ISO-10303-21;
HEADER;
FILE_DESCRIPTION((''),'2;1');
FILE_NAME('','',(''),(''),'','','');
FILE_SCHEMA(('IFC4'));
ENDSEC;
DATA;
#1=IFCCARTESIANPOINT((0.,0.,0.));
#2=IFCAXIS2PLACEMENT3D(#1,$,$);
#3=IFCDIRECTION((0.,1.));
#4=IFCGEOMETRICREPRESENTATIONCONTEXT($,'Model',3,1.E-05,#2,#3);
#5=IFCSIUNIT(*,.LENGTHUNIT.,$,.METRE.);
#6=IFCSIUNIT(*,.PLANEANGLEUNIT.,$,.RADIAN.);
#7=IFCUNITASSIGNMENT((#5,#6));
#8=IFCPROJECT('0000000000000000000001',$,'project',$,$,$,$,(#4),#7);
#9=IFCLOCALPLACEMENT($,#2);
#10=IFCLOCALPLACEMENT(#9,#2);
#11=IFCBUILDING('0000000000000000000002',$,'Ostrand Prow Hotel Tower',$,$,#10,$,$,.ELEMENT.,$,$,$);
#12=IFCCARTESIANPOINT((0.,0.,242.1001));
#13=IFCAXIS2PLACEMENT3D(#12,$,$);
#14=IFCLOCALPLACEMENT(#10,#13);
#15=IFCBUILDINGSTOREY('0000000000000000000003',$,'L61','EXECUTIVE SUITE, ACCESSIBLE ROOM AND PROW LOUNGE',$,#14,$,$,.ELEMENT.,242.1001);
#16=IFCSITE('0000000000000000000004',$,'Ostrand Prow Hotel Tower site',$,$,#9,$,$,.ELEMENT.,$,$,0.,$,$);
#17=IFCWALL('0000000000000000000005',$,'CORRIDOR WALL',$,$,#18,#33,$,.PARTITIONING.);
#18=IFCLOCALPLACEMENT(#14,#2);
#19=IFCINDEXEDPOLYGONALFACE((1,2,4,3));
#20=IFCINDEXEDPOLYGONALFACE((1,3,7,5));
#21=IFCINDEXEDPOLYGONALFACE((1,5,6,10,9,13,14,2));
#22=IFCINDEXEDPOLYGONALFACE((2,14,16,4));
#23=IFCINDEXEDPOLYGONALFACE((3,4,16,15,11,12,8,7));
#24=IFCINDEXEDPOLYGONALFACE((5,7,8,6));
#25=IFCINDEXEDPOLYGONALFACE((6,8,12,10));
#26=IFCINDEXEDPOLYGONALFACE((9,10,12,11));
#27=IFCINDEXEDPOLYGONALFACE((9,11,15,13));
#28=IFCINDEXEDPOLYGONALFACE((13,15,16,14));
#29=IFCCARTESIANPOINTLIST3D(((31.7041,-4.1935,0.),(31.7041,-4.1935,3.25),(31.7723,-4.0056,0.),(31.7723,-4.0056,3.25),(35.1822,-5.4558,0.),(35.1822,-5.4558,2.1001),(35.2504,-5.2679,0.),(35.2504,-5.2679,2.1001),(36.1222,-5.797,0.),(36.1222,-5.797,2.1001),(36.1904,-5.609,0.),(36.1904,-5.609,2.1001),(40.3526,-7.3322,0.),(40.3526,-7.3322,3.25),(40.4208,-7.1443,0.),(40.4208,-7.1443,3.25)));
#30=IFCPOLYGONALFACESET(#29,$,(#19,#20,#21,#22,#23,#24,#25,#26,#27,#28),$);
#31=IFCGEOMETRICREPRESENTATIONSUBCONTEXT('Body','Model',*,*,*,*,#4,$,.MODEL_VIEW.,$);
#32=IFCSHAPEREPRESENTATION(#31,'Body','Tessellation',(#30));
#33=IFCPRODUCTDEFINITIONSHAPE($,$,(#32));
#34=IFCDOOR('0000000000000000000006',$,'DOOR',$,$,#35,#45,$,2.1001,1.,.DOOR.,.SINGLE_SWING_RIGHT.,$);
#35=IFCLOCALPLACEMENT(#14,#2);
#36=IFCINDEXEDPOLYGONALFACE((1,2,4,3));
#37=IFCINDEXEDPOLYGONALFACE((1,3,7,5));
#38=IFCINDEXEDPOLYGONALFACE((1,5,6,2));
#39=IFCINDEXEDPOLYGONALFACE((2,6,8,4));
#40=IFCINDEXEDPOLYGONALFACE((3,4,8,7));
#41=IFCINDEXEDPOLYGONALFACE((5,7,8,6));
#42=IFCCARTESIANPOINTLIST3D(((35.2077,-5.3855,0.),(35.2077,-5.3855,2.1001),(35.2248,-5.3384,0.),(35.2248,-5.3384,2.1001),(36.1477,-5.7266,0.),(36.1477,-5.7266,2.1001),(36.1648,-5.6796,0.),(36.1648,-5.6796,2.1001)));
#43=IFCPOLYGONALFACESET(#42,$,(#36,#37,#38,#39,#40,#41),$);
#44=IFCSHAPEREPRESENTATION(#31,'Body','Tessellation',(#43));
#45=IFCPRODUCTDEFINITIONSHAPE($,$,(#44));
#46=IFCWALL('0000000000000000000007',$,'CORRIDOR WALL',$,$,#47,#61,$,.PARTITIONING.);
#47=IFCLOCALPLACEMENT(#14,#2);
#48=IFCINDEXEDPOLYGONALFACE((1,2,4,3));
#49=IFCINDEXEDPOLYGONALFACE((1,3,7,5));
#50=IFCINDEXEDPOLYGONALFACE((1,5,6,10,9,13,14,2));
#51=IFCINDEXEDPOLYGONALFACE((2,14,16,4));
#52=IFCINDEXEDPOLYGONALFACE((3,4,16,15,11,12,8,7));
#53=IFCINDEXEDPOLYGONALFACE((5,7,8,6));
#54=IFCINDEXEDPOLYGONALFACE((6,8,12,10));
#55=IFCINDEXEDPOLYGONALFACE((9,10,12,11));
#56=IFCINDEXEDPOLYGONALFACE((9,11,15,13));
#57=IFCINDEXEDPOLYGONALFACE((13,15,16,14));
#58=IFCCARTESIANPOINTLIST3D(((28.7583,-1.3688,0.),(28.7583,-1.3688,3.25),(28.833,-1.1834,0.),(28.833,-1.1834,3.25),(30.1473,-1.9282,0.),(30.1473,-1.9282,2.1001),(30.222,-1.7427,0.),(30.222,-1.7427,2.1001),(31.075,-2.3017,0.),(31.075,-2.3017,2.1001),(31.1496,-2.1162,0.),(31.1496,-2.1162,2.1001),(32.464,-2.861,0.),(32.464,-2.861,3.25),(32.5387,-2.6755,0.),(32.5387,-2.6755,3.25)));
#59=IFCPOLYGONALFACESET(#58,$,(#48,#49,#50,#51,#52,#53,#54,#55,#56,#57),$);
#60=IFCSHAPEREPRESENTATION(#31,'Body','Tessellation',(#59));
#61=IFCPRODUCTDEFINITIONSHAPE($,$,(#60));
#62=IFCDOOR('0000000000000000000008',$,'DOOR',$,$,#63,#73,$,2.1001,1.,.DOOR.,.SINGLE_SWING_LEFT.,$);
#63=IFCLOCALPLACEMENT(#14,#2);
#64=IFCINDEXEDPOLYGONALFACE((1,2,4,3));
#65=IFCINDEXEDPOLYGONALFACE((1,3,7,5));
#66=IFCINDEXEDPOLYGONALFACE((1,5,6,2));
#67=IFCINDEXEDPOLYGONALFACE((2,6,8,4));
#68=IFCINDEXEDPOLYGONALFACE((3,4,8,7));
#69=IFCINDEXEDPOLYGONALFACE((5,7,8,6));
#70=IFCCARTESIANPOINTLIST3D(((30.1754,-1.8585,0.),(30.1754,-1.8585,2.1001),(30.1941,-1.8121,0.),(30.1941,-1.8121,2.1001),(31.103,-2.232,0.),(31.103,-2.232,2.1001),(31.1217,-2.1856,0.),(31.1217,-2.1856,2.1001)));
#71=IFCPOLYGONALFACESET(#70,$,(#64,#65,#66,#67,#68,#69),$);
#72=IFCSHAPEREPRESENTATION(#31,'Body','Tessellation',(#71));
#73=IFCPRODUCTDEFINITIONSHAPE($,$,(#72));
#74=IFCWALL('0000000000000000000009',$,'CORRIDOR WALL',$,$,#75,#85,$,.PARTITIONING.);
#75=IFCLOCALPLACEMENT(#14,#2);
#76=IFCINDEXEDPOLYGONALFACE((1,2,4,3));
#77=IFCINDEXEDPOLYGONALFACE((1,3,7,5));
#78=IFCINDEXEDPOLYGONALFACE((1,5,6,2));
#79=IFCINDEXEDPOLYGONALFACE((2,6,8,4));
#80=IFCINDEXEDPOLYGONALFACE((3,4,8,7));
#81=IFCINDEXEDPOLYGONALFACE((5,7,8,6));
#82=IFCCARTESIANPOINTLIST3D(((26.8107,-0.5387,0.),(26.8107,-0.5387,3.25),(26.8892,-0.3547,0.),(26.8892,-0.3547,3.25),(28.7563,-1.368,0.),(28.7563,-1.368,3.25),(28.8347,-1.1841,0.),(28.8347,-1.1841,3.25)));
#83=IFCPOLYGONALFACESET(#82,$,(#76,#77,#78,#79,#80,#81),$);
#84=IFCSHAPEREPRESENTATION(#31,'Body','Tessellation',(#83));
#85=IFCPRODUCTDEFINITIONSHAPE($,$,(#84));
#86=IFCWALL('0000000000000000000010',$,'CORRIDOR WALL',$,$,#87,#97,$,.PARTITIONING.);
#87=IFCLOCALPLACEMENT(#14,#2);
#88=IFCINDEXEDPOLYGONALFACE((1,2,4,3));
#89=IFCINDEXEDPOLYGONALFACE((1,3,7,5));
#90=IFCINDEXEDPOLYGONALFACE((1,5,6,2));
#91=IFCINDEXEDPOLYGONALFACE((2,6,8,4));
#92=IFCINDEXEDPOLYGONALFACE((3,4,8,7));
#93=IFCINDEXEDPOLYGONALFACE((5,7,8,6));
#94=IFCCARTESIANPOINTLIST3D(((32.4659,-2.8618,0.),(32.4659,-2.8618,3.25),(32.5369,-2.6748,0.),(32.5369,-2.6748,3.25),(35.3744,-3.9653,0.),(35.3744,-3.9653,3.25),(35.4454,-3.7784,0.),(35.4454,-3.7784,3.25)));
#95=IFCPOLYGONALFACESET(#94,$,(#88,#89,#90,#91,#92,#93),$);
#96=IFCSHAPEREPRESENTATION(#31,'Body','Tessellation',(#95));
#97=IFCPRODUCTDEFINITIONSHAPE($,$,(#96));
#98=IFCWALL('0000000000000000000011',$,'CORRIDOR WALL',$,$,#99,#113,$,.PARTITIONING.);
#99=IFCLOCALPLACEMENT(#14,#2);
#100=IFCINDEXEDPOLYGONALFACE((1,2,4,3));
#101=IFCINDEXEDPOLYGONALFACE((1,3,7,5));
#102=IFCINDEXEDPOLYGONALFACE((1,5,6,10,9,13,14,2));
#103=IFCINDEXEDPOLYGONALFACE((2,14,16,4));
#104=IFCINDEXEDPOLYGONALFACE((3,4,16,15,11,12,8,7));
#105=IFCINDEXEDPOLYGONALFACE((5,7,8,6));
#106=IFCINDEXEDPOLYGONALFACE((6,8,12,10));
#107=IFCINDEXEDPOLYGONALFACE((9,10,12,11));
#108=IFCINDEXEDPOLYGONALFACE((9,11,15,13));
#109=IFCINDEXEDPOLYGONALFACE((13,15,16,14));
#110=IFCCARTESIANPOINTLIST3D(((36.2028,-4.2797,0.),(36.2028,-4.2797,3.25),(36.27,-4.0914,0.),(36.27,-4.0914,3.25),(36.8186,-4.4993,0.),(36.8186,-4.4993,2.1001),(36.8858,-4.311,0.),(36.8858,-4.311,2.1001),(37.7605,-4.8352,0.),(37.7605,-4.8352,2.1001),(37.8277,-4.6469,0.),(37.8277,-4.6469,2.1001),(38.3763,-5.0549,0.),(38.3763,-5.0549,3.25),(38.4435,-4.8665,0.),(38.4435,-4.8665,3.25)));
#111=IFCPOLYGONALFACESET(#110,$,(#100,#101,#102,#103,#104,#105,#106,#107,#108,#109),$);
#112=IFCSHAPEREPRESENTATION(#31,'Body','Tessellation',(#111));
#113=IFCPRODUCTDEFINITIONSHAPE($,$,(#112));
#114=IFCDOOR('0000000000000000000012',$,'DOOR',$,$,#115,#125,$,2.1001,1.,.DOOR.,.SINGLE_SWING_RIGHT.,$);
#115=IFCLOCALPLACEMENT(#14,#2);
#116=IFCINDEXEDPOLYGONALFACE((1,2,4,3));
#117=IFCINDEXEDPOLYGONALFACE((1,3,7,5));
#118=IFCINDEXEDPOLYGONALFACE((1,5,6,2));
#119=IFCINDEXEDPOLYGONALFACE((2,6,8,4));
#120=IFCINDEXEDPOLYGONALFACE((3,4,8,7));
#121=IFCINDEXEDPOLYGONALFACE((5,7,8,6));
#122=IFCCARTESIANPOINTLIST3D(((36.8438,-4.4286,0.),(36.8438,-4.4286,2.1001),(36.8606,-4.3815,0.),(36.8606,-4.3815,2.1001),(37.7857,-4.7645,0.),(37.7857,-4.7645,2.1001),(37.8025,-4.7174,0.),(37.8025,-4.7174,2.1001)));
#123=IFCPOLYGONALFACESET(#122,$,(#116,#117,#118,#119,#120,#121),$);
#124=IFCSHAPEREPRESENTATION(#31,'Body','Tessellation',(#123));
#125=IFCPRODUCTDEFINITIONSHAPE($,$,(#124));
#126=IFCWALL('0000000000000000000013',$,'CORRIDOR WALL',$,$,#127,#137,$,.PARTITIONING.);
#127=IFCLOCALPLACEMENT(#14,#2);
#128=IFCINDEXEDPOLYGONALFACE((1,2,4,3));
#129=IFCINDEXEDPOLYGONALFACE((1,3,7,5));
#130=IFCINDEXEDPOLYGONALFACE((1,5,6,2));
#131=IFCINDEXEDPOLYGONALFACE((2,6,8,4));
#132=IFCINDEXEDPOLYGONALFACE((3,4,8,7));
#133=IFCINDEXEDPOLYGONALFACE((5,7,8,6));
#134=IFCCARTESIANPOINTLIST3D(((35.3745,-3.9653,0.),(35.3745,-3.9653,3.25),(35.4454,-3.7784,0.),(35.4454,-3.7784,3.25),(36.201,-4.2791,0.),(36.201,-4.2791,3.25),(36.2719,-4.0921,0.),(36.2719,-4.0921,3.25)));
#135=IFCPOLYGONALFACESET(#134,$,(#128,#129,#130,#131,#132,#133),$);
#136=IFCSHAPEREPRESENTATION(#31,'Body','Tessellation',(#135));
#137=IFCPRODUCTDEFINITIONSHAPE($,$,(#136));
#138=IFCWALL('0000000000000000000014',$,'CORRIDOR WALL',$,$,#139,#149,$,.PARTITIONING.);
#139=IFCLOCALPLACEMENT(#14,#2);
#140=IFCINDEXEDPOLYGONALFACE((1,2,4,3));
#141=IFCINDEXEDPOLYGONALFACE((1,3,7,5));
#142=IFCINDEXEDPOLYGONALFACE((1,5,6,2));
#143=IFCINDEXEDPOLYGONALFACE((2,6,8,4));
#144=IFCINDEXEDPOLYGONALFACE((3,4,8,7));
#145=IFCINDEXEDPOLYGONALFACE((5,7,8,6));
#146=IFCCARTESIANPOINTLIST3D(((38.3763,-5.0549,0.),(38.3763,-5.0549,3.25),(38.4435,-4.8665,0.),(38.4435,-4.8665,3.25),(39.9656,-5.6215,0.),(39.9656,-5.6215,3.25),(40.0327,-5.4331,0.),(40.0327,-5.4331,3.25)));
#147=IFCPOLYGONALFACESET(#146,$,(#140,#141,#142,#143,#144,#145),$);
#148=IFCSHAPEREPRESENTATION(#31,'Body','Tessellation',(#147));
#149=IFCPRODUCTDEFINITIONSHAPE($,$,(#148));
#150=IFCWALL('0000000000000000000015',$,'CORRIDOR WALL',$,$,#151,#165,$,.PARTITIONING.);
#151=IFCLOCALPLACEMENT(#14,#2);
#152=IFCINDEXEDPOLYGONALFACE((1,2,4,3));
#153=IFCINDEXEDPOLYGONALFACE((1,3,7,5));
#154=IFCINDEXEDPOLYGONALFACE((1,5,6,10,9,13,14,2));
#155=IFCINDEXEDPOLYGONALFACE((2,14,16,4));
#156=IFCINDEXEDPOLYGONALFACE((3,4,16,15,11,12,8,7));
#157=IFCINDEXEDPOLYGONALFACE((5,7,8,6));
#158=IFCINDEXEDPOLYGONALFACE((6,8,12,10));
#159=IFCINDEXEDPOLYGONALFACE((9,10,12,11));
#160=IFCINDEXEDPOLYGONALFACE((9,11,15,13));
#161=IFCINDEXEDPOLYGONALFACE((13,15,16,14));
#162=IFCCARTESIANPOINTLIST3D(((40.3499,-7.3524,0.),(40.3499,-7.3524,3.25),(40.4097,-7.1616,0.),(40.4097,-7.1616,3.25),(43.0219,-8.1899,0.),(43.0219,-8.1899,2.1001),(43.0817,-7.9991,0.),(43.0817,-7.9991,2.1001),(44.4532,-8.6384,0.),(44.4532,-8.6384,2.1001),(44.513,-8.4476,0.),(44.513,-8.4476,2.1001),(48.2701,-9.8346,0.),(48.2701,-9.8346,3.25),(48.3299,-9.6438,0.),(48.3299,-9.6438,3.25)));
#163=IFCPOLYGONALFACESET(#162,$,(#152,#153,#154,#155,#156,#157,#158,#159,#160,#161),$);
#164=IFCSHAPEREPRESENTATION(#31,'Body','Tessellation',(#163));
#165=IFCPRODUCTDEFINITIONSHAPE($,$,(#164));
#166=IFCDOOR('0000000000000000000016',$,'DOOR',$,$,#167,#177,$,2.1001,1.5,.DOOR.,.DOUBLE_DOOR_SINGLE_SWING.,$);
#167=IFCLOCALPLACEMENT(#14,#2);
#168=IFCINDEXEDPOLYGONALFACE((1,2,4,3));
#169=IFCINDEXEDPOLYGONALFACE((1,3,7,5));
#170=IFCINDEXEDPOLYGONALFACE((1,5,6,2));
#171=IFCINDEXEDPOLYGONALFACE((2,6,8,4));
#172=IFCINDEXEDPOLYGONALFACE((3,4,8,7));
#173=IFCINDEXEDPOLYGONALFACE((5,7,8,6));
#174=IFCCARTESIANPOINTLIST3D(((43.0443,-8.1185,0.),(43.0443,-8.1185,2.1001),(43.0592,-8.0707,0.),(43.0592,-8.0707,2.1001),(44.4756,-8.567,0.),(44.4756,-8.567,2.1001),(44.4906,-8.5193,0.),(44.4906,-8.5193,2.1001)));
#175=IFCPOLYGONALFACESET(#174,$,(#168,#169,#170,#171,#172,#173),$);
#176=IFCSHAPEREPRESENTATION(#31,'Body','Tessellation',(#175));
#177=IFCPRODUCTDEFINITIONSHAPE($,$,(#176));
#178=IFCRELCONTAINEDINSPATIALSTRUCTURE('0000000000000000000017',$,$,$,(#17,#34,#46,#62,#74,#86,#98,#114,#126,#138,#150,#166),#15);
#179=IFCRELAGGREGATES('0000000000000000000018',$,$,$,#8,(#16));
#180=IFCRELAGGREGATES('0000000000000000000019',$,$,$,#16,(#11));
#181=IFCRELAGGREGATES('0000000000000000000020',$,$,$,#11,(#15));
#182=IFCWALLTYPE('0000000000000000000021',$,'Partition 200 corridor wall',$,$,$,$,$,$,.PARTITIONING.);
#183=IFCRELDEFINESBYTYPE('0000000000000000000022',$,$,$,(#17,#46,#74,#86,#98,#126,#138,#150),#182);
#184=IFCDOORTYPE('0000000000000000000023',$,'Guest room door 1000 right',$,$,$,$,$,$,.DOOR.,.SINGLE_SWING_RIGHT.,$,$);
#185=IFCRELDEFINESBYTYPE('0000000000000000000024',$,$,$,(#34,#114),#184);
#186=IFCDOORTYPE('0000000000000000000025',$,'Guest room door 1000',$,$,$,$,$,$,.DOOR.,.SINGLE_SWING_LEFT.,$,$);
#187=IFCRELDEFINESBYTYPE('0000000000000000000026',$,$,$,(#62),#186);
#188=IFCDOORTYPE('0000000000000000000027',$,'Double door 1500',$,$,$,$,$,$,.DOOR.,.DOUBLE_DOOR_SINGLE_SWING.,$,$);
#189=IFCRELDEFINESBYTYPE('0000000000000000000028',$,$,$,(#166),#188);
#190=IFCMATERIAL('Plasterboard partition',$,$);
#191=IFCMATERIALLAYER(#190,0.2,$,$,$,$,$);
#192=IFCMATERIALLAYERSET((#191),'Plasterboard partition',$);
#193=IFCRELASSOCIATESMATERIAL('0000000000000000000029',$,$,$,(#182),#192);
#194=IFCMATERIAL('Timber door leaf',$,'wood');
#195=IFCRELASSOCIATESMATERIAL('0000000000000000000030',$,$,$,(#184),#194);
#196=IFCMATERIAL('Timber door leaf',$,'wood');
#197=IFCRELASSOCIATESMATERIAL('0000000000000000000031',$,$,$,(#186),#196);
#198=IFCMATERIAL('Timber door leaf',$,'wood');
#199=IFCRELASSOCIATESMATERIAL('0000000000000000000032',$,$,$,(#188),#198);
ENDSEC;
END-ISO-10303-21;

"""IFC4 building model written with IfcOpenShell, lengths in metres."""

from ifc_helpers import new_model, si_unit, direction, frame, frame_2d, origin, place, context, subcontext, project, spatial, rectangle, extrude, material, layer, layer_set, type_object, element, fill, save


model = new_model("IFC4")

# Units and contexts
model_context = context("Model", 3, precision=1e-05, world=origin(), true_north=direction((0.0, 1.0)))
body_context = subcontext(model_context, "Body", "Model", "MODEL_VIEW")
ifc_project = project(units=[si_unit("LENGTHUNIT", "METRE"), si_unit("PLANEANGLEUNIT", "RADIAN")], contexts=[model_context])

# Site, building, storey
site_placement = place(None, origin())
site = spatial("IfcSite", under=ifc_project, at=site_placement, Name="Ostrand Prow Hotel Tower site", CompositionType="ELEMENT", RefElevation=0.0)
building_placement = place(site_placement, origin())
building = spatial("IfcBuilding", under=site, at=building_placement, Name="Ostrand Prow Hotel Tower", CompositionType="ELEMENT")
storey_placement = place(building_placement, frame((0.0, 0.0, 242.1001)))
storey = spatial("IfcBuildingStorey", under=building, at=storey_placement, Name="L61", Description="EXECUTIVE SUITE, ACCESSIBLE ROOM AND PROW LOUNGE", CompositionType="ELEMENT", Elevation=242.1001)

# Walls, openings, doors
ifc_material_1 = material(Name="Plasterboard partition")
ifc_layer_1 = layer(ifc_material_1, 0.2)
ifc_layer_set_1 = layer_set([ifc_layer_1], Name="Plasterboard partition")
wall_type_1 = type_object("IfcWallType", Name="Partition 200 corridor wall", PredefinedType="PARTITIONING", material=ifc_layer_set_1)
wall_1_placement = place(storey_placement, frame((31.7383, -4.0996, 0.0), z_axis=(0.0, 0.0, 1.0), x_axis=(0.94001, -0.341146, 0.0)))
wall_1 = element("IfcWall", 1, at=wall_1_placement, inside=storey, type_object=wall_type_1, Name="CORRIDOR WALL", PredefinedType="PARTITIONING", context=body_context, shape_type="SweptSolid", body=[
    extrude(rectangle(XDim=9.2004, YDim=0.2, at=frame_2d((4.6001, 0.0))), origin(), (0.0, 0.0, 1.0), 3.25),
])
opening_1_placement = place(wall_1_placement, frame((3.7, 0.0, 0.0)))
opening_1 = element("IfcOpeningElement", 2, at=opening_1_placement, cuts=wall_1, PredefinedType="OPENING", context=body_context, shape_type="SweptSolid", body=[
    extrude(rectangle(XDim=1.0, YDim=2.1001, at=frame_2d((0.5, 1.05))), frame((0.0, 0.1099, 0.0), z_axis=(0.0, -1.0, 0.0), x_axis=(1.0, 0.0, 0.0)), (0.0, 0.0, 1.0), 0.22),
])
ifc_material_2 = material(Name="Timber door leaf", Category="wood")
door_type_1 = type_object("IfcDoorType", Name="Guest room door 1000 right", OperationType="SINGLE_SWING_RIGHT", PredefinedType="DOOR", material=ifc_material_2)
door_1_placement = place(opening_1_placement, origin())
door_1 = element("IfcDoor", 3, at=door_1_placement, inside=storey, type_object=door_type_1, Name="DOOR", OperationType="SINGLE_SWING_RIGHT", OverallHeight=2.1001, OverallWidth=1.0, PredefinedType="DOOR", context=body_context, shape_type="SweptSolid", body=[
    extrude(rectangle(XDim=1.0, YDim=2.1001, at=frame_2d((0.5, 1.05))), frame((0.0, 0.0249, 0.0), z_axis=(0.0, -1.0, 0.0), x_axis=(1.0, 0.0, 0.0)), (0.0, 0.0, 1.0), 0.05),
])
fill(opening_1, door_1)
wall_2_placement = place(storey_placement, frame((32.5015, -2.7683, 0.0), z_axis=(0.0, 0.0, 1.0), x_axis=(-0.927623, 0.373518, 0.0)))
wall_2 = element("IfcWall", 4, at=wall_2_placement, inside=storey, type_object=wall_type_1, Name="CORRIDOR WALL", PredefinedType="PARTITIONING", context=body_context, shape_type="SweptSolid", body=[
    extrude(rectangle(XDim=3.9949, YDim=0.2, at=frame_2d((1.9976, 0.0))), origin(), (0.0, 0.0, 1.0), 3.25),
])
opening_2_placement = place(wall_2_placement, frame((1.4976, 0.0, 0.0)))
opening_2 = element("IfcOpeningElement", 5, at=opening_2_placement, cuts=wall_2, PredefinedType="OPENING", context=body_context, shape_type="SweptSolid", body=[
    extrude(rectangle(XDim=1.0, YDim=2.1001, at=frame_2d((0.5, 1.05))), frame((0.0, 0.1099, 0.0), z_axis=(0.0, -1.0, 0.0), x_axis=(1.0, 0.0, 0.0)), (0.0, 0.0, 1.0), 0.22),
])
ifc_material_3 = material(Name="Timber door leaf", Category="wood")
door_type_2 = type_object("IfcDoorType", Name="Guest room door 1000", OperationType="SINGLE_SWING_LEFT", PredefinedType="DOOR", material=ifc_material_3)
door_2_placement = place(opening_2_placement, origin())
door_2 = element("IfcDoor", 6, at=door_2_placement, inside=storey, type_object=door_type_2, Name="DOOR", OperationType="SINGLE_SWING_LEFT", OverallHeight=2.1001, OverallWidth=1.0, PredefinedType="DOOR", context=body_context, shape_type="SweptSolid", body=[
    extrude(rectangle(XDim=1.0, YDim=2.1001, at=frame_2d((0.5, 1.05))), frame((0.0, 0.0249, 0.0), z_axis=(0.0, -1.0, 0.0), x_axis=(1.0, 0.0, 0.0)), (0.0, 0.0, 1.0), 0.05),
])
fill(opening_2, door_2)

# Walls
wall_3_placement = place(storey_placement, frame((28.7957, -1.2761, 0.0), z_axis=(0.0, 0.0, 1.0), x_axis=(-0.919908, 0.392135, 0.0)))
element("IfcWall", 7, at=wall_3_placement, inside=storey, type_object=wall_type_1, Name="CORRIDOR WALL", PredefinedType="PARTITIONING", context=body_context, shape_type="SweptSolid", body=[
    extrude(rectangle(XDim=2.115, YDim=0.2, at=frame_2d((1.0576, 0.0))), origin(), (0.0, 0.0, 1.0), 3.25),
])
wall_4_placement = place(storey_placement, frame((35.4099, -3.8718, 0.0), z_axis=(0.0, 0.0, 1.0), x_axis=(-0.934964, 0.354742, 0.0)))
element("IfcWall", 8, at=wall_4_placement, inside=storey, type_object=wall_type_1, Name="CORRIDOR WALL", PredefinedType="PARTITIONING", context=body_context, shape_type="SweptSolid", body=[
    extrude(rectangle(XDim=3.1108, YDim=0.2, at=frame_2d((1.5554, 0.0))), origin(), (0.0, 0.0, 1.0), 3.25),
])

# Wall, opening, door
wall_5_placement = place(storey_placement, frame((38.4099, -4.9607, 0.0), z_axis=(0.0, 0.0, 1.0), x_axis=(-0.941897, 0.335901, 0.0)))
wall_5 = element("IfcWall", 9, at=wall_5_placement, inside=storey, type_object=wall_type_1, Name="CORRIDOR WALL", PredefinedType="PARTITIONING", context=body_context, shape_type="SweptSolid", body=[
    extrude(rectangle(XDim=2.3076, YDim=0.2, at=frame_2d((1.1538, 0.0))), origin(), (0.0, 0.0, 1.0), 3.25),
])
opening_3_placement = place(wall_5_placement, frame((0.6538, 0.0, 0.0)))
opening_3 = element("IfcOpeningElement", 10, at=opening_3_placement, cuts=wall_5, PredefinedType="OPENING", context=body_context, shape_type="SweptSolid", body=[
    extrude(rectangle(XDim=1.0, YDim=2.1001, at=frame_2d((0.5, 1.05))), frame((0.0, 0.1099, 0.0), z_axis=(0.0, -1.0, 0.0), x_axis=(1.0, 0.0, 0.0)), (0.0, 0.0, 1.0), 0.22),
])
door_3_placement = place(opening_3_placement, origin())
door_3 = element("IfcDoor", 11, at=door_3_placement, inside=storey, type_object=door_type_1, Name="DOOR", OperationType="SINGLE_SWING_RIGHT", OverallHeight=2.1001, OverallWidth=1.0, PredefinedType="DOOR", context=body_context, shape_type="SweptSolid", body=[
    extrude(rectangle(XDim=1.0, YDim=2.1001, at=frame_2d((0.5, 1.05))), frame((0.0, 0.0249, 0.0), z_axis=(0.0, -1.0, 0.0), x_axis=(1.0, 0.0, 0.0)), (0.0, 0.0, 1.0), 0.05),
])
fill(opening_3, door_3)

# Walls
wall_6_placement = place(storey_placement, frame((36.2363, -4.1855, 0.0), z_axis=(0.0, 0.0, 1.0), x_axis=(-0.934903, 0.354904, 0.0)))
element("IfcWall", 12, at=wall_6_placement, inside=storey, type_object=wall_type_1, Name="CORRIDOR WALL", PredefinedType="PARTITIONING", context=body_context, shape_type="SweptSolid", body=[
    extrude(rectangle(XDim=0.884, YDim=0.2, at=frame_2d((0.4419, 0.0))), origin(), (0.0, 0.0, 1.0), 3.25),
])
wall_7_placement = place(storey_placement, frame((39.9993, -5.5273, 0.0), z_axis=(0.0, 0.0, 1.0), x_axis=(-0.941925, 0.335823, 0.0)))
element("IfcWall", 13, at=wall_7_placement, inside=storey, type_object=wall_type_1, Name="CORRIDOR WALL", PredefinedType="PARTITIONING", context=body_context, shape_type="SweptSolid", body=[
    extrude(rectangle(XDim=1.6873, YDim=0.2, at=frame_2d((0.8438, 0.0))), origin(), (0.0, 0.0, 1.0), 3.25),
])

# Wall, opening, door
wall_8_placement = place(storey_placement, frame((40.3799, -7.2571, 0.0), z_axis=(0.0, 0.0, 1.0), x_axis=(0.954235, -0.299057, 0.0)))
wall_8 = element("IfcWall", 14, at=wall_8_placement, inside=storey, type_object=wall_type_1, Name="CORRIDOR WALL", PredefinedType="PARTITIONING", context=body_context, shape_type="SweptSolid", body=[
    extrude(rectangle(XDim=8.3, YDim=0.2, at=frame_2d((4.1499, 0.0))), origin(), (0.0, 0.0, 1.0), 3.25),
])
opening_4_placement = place(wall_8_placement, frame((2.8, 0.0, 0.0)))
opening_4 = element("IfcOpeningElement", 15, at=opening_4_placement, cuts=wall_8, PredefinedType="OPENING", context=body_context, shape_type="SweptSolid", body=[
    extrude(rectangle(XDim=1.5, YDim=2.1001, at=frame_2d((0.75, 1.05))), frame((0.0, 0.1099, 0.0), z_axis=(0.0, -1.0, 0.0), x_axis=(1.0, 0.0, 0.0)), (0.0, 0.0, 1.0), 0.22),
])
ifc_material_4 = material(Name="Timber door leaf", Category="wood")
door_type_3 = type_object("IfcDoorType", Name="Double door 1500", OperationType="DOUBLE_DOOR_SINGLE_SWING", PredefinedType="DOOR", material=ifc_material_4)
door_4_placement = place(opening_4_placement, origin())
door_4 = element("IfcDoor", 16, at=door_4_placement, inside=storey, type_object=door_type_3, Name="DOOR", OperationType="DOUBLE_DOOR_SINGLE_SWING", OverallHeight=2.1001, OverallWidth=1.5, PredefinedType="DOOR", context=body_context, shape_type="SweptSolid", body=[
    extrude(rectangle(XDim=1.5, YDim=2.1001, at=frame_2d((0.75, 1.05))), frame((0.0, 0.0249, 0.0), z_axis=(0.0, -1.0, 0.0), x_axis=(1.0, 0.0, 0.0)), (0.0, 0.0, 1.0), 0.05),
])
fill(opening_4, door_4)

save(model, "model.ifc")
